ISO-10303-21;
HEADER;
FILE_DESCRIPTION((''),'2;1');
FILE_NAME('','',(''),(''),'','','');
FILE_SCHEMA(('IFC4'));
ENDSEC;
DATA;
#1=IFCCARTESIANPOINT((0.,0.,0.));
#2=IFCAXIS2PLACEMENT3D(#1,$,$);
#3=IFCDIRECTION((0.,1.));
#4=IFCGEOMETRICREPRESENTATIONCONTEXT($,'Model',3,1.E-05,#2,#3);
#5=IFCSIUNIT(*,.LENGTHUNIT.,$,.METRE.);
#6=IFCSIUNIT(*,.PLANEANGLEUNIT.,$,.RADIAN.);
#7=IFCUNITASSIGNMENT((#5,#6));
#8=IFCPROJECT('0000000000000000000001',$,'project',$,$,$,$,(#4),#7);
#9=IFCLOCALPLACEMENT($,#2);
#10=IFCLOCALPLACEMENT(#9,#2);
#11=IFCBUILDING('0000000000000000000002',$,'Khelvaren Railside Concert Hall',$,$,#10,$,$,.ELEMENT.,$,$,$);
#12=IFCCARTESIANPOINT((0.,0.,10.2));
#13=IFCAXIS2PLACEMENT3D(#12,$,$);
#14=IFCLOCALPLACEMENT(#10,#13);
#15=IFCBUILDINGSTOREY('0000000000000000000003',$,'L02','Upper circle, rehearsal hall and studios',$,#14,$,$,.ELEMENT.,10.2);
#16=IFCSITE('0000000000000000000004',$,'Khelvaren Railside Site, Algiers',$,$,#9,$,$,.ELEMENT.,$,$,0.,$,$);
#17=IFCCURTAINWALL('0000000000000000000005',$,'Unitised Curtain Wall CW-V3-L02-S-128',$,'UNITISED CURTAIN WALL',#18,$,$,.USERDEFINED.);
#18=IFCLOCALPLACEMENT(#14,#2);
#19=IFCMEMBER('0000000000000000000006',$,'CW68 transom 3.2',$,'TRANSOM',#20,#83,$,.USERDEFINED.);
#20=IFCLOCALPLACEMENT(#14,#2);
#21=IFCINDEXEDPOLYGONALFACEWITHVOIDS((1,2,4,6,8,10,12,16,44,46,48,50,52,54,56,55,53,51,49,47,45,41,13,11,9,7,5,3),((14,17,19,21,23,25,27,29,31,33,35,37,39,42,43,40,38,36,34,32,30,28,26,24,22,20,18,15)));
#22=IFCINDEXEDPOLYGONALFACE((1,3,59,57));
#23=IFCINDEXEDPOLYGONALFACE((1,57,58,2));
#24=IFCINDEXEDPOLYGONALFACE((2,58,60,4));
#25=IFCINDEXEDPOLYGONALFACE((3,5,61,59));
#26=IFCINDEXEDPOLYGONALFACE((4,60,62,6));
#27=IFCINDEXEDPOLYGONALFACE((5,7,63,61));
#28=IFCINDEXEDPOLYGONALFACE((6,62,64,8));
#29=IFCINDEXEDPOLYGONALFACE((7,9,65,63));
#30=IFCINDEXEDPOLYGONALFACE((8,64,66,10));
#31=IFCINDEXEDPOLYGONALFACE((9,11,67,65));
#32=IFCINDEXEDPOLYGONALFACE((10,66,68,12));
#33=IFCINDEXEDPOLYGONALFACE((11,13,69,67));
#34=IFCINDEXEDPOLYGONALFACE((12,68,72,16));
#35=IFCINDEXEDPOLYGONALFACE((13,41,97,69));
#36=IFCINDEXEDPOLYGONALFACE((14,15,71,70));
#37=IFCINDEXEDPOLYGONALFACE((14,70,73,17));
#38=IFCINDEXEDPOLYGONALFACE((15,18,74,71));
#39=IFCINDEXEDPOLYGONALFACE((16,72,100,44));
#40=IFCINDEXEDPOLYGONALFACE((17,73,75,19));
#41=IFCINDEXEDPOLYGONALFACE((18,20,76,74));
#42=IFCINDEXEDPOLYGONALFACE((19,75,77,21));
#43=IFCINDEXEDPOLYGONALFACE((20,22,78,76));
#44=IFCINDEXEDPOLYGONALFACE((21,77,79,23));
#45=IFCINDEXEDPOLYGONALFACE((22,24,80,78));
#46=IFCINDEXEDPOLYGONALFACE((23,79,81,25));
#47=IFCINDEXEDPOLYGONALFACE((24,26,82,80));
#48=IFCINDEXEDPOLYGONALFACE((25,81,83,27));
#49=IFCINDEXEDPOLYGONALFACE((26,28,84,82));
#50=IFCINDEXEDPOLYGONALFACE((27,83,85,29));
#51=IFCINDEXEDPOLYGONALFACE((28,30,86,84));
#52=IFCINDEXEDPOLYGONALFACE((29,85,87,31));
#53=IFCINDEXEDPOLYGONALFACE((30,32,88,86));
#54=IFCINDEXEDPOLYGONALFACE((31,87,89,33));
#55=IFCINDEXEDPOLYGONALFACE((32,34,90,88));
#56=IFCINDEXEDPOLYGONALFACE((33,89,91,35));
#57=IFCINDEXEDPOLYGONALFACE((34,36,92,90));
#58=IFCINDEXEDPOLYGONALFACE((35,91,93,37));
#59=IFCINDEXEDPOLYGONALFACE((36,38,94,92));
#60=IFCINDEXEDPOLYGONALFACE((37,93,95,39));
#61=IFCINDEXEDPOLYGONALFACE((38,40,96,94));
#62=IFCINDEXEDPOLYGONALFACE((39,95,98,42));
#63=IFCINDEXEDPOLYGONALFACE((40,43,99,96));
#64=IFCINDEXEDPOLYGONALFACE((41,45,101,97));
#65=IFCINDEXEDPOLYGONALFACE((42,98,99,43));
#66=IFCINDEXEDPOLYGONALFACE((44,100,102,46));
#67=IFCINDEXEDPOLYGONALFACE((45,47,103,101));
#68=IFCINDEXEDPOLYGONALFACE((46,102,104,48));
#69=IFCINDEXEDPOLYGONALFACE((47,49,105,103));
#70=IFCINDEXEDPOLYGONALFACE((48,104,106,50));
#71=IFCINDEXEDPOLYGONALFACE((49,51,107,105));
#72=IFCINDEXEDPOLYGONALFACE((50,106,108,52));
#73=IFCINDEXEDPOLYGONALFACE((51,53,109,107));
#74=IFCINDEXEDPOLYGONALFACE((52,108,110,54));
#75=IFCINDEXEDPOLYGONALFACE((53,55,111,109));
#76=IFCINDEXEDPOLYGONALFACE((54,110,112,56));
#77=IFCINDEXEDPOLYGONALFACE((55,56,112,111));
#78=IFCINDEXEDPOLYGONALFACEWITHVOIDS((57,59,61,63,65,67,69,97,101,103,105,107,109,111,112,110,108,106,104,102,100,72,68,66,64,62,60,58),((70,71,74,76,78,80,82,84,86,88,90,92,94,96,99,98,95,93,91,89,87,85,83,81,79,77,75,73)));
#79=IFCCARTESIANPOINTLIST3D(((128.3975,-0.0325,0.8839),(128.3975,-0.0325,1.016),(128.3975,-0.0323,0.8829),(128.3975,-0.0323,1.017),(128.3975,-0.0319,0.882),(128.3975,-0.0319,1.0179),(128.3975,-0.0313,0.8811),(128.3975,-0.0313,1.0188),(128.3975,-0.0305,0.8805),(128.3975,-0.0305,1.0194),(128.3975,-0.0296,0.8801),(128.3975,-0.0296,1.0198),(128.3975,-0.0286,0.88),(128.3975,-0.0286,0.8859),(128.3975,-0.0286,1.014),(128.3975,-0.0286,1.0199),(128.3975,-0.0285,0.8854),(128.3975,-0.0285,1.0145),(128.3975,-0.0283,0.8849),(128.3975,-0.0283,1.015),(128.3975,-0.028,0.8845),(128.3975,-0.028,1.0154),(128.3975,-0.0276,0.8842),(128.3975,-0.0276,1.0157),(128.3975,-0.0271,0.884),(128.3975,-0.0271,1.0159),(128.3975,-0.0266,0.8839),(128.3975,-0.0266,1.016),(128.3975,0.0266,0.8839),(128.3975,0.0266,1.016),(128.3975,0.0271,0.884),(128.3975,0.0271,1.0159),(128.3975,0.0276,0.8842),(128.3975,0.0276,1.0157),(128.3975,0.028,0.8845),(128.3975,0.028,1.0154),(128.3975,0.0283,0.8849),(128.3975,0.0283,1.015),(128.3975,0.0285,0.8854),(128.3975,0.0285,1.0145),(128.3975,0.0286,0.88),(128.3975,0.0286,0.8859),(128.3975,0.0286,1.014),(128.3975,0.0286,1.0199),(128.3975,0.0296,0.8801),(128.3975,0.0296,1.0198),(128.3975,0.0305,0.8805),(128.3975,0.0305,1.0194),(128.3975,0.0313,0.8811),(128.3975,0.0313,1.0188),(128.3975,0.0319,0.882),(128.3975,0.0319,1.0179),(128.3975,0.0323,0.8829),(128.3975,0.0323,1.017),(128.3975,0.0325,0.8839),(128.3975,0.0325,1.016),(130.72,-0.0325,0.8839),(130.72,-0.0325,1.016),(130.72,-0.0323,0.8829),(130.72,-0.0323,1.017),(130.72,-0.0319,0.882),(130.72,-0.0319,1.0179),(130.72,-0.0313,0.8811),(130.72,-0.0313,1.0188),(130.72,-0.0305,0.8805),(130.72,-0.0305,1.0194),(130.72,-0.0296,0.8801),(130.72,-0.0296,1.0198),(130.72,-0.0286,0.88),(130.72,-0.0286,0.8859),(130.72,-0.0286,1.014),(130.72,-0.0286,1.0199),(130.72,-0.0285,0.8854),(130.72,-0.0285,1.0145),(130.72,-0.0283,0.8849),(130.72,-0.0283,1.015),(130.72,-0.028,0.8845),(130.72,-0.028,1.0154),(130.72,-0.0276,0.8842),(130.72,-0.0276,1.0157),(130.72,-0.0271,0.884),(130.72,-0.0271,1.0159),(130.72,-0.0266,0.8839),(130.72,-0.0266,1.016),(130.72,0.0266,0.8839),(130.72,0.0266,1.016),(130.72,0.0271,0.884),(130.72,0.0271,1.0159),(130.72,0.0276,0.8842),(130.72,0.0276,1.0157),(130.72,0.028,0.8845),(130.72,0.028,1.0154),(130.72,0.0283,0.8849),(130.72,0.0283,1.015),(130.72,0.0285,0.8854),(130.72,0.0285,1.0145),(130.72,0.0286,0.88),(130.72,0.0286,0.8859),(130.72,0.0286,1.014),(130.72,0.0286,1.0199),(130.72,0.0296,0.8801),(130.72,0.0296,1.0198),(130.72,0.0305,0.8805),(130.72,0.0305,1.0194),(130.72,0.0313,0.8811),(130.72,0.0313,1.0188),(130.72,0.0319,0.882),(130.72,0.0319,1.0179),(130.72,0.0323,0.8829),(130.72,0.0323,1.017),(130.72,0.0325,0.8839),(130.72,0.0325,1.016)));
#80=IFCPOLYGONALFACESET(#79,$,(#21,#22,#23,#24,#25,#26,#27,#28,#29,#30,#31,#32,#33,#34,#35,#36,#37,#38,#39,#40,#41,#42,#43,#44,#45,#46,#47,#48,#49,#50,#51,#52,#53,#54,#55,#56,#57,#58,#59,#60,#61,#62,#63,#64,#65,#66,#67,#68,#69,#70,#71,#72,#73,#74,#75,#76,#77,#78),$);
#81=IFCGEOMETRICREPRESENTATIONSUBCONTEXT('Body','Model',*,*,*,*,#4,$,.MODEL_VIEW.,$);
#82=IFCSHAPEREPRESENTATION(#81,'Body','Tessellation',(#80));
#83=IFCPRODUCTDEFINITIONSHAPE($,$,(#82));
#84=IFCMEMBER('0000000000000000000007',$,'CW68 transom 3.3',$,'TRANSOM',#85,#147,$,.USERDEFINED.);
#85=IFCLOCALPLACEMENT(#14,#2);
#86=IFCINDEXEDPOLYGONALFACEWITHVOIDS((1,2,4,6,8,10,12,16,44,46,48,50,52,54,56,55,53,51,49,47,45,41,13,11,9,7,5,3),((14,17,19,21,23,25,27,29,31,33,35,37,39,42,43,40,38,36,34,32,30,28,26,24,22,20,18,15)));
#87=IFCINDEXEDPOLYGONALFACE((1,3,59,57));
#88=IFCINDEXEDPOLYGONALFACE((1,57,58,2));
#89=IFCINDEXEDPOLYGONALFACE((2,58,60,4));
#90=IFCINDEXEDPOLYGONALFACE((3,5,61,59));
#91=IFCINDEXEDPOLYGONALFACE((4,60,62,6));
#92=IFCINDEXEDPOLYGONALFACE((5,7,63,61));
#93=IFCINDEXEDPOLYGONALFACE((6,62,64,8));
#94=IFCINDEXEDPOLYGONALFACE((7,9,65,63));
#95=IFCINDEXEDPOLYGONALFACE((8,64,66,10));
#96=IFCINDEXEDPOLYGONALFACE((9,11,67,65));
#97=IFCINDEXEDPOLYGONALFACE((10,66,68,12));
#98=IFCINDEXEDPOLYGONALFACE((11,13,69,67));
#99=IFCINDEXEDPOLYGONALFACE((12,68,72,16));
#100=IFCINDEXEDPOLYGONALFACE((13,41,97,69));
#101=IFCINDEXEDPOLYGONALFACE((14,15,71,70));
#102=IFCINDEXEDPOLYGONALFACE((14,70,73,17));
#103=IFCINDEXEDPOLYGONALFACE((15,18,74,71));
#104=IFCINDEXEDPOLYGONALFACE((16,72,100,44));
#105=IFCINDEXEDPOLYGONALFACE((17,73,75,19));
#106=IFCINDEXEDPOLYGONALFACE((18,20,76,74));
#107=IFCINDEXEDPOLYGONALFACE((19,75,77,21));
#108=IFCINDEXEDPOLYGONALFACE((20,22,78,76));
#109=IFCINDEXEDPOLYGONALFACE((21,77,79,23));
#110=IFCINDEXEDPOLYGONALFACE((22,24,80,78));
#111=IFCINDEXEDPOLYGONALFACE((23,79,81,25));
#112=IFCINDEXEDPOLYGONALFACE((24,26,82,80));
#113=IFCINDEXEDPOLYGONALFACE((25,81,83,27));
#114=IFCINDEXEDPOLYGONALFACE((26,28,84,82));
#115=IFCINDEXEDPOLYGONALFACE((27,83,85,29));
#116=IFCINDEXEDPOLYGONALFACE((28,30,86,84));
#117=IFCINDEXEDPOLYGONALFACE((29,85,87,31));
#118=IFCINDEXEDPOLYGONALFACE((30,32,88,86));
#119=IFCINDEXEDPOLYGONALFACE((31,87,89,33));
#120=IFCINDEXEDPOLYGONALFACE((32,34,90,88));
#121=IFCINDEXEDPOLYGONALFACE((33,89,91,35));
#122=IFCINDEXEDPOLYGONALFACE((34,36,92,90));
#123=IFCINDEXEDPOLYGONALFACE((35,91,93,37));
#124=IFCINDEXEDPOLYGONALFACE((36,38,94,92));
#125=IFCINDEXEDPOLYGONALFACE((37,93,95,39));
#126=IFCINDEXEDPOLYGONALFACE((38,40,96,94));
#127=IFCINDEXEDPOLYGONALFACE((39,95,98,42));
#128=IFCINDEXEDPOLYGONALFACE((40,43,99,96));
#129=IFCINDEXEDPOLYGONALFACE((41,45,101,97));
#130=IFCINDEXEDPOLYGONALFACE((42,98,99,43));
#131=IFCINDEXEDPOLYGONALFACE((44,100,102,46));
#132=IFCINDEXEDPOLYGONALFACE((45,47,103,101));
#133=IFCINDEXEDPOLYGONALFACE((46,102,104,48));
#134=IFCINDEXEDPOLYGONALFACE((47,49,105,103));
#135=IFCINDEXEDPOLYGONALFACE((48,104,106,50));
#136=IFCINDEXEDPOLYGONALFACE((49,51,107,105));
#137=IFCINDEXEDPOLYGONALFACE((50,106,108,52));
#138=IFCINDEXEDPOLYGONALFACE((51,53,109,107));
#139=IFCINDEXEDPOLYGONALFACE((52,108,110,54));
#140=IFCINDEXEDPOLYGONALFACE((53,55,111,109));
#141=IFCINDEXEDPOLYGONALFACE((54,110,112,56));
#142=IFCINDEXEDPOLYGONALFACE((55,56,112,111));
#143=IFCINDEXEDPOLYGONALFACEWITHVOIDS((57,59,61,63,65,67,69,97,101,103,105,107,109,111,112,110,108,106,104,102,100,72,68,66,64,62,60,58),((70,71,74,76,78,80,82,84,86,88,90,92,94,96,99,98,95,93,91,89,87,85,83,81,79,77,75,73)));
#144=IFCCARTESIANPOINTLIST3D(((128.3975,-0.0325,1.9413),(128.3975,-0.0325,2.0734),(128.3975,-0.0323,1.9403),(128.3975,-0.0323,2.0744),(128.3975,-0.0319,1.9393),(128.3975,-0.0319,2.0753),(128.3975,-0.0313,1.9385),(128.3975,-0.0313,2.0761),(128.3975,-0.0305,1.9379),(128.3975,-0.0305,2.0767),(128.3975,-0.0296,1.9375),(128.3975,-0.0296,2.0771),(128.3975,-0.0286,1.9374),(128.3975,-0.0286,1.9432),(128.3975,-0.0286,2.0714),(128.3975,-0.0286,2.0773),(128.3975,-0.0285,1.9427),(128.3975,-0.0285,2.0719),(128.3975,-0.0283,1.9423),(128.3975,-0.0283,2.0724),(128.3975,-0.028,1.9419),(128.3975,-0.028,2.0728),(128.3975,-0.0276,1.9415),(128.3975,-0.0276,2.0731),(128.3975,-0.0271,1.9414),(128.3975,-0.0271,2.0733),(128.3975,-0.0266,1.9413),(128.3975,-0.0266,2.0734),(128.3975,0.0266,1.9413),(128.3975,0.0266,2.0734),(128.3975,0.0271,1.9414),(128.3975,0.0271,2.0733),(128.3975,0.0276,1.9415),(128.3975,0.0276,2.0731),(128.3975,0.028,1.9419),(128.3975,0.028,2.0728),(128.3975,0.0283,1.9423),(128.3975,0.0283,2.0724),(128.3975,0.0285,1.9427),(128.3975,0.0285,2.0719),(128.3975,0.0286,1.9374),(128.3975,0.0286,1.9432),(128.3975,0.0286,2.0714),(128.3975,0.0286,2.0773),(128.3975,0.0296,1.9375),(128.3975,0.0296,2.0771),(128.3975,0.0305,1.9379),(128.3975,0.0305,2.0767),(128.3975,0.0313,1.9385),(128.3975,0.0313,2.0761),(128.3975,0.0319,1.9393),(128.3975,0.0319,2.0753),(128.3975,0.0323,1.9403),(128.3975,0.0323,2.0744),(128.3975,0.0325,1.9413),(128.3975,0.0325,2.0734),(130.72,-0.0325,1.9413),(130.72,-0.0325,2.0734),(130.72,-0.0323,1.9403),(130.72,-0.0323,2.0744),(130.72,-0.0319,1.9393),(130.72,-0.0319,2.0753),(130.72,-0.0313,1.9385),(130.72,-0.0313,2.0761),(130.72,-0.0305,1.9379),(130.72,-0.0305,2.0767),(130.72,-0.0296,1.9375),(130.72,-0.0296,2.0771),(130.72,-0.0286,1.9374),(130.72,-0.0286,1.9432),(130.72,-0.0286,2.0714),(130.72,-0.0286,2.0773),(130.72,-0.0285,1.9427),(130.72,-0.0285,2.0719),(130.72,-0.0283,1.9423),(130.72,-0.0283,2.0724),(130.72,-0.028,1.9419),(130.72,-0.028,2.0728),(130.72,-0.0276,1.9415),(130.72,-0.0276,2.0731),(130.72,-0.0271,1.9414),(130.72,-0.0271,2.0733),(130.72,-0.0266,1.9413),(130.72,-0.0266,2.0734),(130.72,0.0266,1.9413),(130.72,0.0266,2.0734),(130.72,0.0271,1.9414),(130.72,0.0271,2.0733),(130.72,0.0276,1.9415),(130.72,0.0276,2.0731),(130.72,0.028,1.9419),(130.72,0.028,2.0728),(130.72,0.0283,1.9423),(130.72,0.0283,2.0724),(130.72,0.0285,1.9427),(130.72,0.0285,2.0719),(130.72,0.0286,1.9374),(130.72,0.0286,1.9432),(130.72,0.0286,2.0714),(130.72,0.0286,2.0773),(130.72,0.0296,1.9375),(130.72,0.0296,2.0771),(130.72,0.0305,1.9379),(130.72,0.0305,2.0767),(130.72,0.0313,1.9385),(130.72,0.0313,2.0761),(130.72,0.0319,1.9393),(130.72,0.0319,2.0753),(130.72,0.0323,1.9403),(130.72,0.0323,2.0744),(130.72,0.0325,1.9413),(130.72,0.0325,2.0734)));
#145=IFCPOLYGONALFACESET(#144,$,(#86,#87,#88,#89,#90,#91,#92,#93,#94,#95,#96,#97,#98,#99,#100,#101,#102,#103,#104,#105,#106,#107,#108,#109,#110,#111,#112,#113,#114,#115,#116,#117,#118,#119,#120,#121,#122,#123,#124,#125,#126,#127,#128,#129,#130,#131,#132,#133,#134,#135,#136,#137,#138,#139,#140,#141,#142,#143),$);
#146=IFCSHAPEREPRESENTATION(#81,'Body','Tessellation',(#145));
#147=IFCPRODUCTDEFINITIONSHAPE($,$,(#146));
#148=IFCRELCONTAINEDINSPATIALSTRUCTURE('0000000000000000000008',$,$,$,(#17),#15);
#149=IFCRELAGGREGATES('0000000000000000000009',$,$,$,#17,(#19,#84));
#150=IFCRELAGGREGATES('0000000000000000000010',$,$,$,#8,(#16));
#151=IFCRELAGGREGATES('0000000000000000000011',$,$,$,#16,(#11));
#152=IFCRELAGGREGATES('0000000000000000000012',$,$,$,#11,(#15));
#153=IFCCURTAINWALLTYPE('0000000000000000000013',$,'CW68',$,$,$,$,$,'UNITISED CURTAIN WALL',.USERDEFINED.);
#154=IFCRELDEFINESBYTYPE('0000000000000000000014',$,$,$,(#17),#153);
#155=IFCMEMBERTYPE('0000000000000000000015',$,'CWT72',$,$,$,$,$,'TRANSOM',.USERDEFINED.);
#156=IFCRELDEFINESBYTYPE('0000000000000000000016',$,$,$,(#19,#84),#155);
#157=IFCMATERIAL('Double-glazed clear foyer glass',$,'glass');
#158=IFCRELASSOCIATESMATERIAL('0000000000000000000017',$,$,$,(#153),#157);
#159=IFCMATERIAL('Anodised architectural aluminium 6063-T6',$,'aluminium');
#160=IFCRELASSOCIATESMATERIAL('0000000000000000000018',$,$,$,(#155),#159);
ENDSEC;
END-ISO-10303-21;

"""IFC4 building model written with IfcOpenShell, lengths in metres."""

from ifc_helpers import new_model, si_unit, direction, frame, origin, origin_2d, place, context, subcontext, project, spatial, hollow_rectangle, extrude, material, material_profile, profile_set, type_object, element, aggregate, save


model = new_model("IFC4")

# Units and contexts
model_context = context("Model", 3, precision=1e-05, world=origin(), true_north=direction((0.0, 1.0)))
body_context = subcontext(model_context, "Body", "Model", "MODEL_VIEW")
ifc_project = project(units=[si_unit("LENGTHUNIT", "METRE"), si_unit("PLANEANGLEUNIT", "RADIAN")], contexts=[model_context])

# Site, building, storey
site_placement = place(None, origin())
site = spatial("IfcSite", under=ifc_project, at=site_placement, Name="Khelvaren Railside Site, Algiers", CompositionType="ELEMENT", RefElevation=0.0)
building_placement = place(site_placement, origin())
building = spatial("IfcBuilding", under=site, at=building_placement, Name="Khelvaren Railside Concert Hall", CompositionType="ELEMENT")
storey_placement = place(building_placement, frame((0.0, 0.0, 10.2)))
storey = spatial("IfcBuildingStorey", under=building, at=storey_placement, Name="L02", Description="Upper circle, rehearsal hall and studios", CompositionType="ELEMENT", Elevation=10.2)

# Curtain wall, members
ifc_material_1 = material(Name="Double-glazed clear foyer glass", Category="glass")
curtain_wall_type = type_object("IfcCurtainWallType", Name="CW68", ElementType="UNITISED CURTAIN WALL", PredefinedType="USERDEFINED", material=ifc_material_1)
curtain_wall_placement = place(storey_placement, origin())
curtain_wall = element("IfcCurtainWall", 1, at=curtain_wall_placement, inside=storey, type_object=curtain_wall_type, Name="Unitised Curtain Wall CW-V3-L02-S-128", ObjectType="UNITISED CURTAIN WALL", PredefinedType="USERDEFINED")
ifc_material_2 = material(Name="Anodised architectural aluminium 6063-T6", Category="aluminium")
ifc_material_profile_1 = material_profile(ifc_material_2, hollow_rectangle(XDim=0.0649, YDim=0.1399, WallThickness=0.0039, InnerFilletRadius=0.002, OuterFilletRadius=0.0039, at=origin_2d()), Name="CWT 65x140x4")
ifc_profile_set_1 = profile_set([ifc_material_profile_1], Name="Anodised architectural aluminium 6063-T6")
member_type_1 = type_object("IfcMemberType", Name="CWT72", ElementType="TRANSOM", PredefinedType="USERDEFINED", material=ifc_profile_set_1)
member_1_placement = place(storey_placement, frame((130.72, 0.0, 0.95), z_axis=(-1.0, 0.0, 0.0), x_axis=(0.0, -1.0, 0.0)))
member_1 = element("IfcMember", 2, at=member_1_placement, type_object=member_type_1, Name="CW68 transom 3.2", ObjectType="TRANSOM", PredefinedType="USERDEFINED", context=body_context, shape_type="SweptSolid", body=[
    extrude(hollow_rectangle(XDim=0.0649, YDim=0.1399, WallThickness=0.0039, InnerFilletRadius=0.002, OuterFilletRadius=0.0039, at=origin_2d()), origin(), (0.0, 0.0, 1.0), 2.3225),
])
member_2_placement = place(storey_placement, frame((130.72, 0.0, 2.0073), z_axis=(-1.0, 0.0, 0.0), x_axis=(0.0, -1.0, 0.0)))
member_2 = element("IfcMember", 3, at=member_2_placement, type_object=member_type_1, Name="CW68 transom 3.3", ObjectType="TRANSOM", PredefinedType="USERDEFINED", context=body_context, shape_type="SweptSolid", body=[
    extrude(hollow_rectangle(XDim=0.0649, YDim=0.1399, WallThickness=0.0039, InnerFilletRadius=0.002, OuterFilletRadius=0.0039, at=origin_2d()), origin(), (0.0, 0.0, 1.0), 2.3225),
])

aggregate(curtain_wall, [member_1, member_2])

save(model, "model.ifc")
